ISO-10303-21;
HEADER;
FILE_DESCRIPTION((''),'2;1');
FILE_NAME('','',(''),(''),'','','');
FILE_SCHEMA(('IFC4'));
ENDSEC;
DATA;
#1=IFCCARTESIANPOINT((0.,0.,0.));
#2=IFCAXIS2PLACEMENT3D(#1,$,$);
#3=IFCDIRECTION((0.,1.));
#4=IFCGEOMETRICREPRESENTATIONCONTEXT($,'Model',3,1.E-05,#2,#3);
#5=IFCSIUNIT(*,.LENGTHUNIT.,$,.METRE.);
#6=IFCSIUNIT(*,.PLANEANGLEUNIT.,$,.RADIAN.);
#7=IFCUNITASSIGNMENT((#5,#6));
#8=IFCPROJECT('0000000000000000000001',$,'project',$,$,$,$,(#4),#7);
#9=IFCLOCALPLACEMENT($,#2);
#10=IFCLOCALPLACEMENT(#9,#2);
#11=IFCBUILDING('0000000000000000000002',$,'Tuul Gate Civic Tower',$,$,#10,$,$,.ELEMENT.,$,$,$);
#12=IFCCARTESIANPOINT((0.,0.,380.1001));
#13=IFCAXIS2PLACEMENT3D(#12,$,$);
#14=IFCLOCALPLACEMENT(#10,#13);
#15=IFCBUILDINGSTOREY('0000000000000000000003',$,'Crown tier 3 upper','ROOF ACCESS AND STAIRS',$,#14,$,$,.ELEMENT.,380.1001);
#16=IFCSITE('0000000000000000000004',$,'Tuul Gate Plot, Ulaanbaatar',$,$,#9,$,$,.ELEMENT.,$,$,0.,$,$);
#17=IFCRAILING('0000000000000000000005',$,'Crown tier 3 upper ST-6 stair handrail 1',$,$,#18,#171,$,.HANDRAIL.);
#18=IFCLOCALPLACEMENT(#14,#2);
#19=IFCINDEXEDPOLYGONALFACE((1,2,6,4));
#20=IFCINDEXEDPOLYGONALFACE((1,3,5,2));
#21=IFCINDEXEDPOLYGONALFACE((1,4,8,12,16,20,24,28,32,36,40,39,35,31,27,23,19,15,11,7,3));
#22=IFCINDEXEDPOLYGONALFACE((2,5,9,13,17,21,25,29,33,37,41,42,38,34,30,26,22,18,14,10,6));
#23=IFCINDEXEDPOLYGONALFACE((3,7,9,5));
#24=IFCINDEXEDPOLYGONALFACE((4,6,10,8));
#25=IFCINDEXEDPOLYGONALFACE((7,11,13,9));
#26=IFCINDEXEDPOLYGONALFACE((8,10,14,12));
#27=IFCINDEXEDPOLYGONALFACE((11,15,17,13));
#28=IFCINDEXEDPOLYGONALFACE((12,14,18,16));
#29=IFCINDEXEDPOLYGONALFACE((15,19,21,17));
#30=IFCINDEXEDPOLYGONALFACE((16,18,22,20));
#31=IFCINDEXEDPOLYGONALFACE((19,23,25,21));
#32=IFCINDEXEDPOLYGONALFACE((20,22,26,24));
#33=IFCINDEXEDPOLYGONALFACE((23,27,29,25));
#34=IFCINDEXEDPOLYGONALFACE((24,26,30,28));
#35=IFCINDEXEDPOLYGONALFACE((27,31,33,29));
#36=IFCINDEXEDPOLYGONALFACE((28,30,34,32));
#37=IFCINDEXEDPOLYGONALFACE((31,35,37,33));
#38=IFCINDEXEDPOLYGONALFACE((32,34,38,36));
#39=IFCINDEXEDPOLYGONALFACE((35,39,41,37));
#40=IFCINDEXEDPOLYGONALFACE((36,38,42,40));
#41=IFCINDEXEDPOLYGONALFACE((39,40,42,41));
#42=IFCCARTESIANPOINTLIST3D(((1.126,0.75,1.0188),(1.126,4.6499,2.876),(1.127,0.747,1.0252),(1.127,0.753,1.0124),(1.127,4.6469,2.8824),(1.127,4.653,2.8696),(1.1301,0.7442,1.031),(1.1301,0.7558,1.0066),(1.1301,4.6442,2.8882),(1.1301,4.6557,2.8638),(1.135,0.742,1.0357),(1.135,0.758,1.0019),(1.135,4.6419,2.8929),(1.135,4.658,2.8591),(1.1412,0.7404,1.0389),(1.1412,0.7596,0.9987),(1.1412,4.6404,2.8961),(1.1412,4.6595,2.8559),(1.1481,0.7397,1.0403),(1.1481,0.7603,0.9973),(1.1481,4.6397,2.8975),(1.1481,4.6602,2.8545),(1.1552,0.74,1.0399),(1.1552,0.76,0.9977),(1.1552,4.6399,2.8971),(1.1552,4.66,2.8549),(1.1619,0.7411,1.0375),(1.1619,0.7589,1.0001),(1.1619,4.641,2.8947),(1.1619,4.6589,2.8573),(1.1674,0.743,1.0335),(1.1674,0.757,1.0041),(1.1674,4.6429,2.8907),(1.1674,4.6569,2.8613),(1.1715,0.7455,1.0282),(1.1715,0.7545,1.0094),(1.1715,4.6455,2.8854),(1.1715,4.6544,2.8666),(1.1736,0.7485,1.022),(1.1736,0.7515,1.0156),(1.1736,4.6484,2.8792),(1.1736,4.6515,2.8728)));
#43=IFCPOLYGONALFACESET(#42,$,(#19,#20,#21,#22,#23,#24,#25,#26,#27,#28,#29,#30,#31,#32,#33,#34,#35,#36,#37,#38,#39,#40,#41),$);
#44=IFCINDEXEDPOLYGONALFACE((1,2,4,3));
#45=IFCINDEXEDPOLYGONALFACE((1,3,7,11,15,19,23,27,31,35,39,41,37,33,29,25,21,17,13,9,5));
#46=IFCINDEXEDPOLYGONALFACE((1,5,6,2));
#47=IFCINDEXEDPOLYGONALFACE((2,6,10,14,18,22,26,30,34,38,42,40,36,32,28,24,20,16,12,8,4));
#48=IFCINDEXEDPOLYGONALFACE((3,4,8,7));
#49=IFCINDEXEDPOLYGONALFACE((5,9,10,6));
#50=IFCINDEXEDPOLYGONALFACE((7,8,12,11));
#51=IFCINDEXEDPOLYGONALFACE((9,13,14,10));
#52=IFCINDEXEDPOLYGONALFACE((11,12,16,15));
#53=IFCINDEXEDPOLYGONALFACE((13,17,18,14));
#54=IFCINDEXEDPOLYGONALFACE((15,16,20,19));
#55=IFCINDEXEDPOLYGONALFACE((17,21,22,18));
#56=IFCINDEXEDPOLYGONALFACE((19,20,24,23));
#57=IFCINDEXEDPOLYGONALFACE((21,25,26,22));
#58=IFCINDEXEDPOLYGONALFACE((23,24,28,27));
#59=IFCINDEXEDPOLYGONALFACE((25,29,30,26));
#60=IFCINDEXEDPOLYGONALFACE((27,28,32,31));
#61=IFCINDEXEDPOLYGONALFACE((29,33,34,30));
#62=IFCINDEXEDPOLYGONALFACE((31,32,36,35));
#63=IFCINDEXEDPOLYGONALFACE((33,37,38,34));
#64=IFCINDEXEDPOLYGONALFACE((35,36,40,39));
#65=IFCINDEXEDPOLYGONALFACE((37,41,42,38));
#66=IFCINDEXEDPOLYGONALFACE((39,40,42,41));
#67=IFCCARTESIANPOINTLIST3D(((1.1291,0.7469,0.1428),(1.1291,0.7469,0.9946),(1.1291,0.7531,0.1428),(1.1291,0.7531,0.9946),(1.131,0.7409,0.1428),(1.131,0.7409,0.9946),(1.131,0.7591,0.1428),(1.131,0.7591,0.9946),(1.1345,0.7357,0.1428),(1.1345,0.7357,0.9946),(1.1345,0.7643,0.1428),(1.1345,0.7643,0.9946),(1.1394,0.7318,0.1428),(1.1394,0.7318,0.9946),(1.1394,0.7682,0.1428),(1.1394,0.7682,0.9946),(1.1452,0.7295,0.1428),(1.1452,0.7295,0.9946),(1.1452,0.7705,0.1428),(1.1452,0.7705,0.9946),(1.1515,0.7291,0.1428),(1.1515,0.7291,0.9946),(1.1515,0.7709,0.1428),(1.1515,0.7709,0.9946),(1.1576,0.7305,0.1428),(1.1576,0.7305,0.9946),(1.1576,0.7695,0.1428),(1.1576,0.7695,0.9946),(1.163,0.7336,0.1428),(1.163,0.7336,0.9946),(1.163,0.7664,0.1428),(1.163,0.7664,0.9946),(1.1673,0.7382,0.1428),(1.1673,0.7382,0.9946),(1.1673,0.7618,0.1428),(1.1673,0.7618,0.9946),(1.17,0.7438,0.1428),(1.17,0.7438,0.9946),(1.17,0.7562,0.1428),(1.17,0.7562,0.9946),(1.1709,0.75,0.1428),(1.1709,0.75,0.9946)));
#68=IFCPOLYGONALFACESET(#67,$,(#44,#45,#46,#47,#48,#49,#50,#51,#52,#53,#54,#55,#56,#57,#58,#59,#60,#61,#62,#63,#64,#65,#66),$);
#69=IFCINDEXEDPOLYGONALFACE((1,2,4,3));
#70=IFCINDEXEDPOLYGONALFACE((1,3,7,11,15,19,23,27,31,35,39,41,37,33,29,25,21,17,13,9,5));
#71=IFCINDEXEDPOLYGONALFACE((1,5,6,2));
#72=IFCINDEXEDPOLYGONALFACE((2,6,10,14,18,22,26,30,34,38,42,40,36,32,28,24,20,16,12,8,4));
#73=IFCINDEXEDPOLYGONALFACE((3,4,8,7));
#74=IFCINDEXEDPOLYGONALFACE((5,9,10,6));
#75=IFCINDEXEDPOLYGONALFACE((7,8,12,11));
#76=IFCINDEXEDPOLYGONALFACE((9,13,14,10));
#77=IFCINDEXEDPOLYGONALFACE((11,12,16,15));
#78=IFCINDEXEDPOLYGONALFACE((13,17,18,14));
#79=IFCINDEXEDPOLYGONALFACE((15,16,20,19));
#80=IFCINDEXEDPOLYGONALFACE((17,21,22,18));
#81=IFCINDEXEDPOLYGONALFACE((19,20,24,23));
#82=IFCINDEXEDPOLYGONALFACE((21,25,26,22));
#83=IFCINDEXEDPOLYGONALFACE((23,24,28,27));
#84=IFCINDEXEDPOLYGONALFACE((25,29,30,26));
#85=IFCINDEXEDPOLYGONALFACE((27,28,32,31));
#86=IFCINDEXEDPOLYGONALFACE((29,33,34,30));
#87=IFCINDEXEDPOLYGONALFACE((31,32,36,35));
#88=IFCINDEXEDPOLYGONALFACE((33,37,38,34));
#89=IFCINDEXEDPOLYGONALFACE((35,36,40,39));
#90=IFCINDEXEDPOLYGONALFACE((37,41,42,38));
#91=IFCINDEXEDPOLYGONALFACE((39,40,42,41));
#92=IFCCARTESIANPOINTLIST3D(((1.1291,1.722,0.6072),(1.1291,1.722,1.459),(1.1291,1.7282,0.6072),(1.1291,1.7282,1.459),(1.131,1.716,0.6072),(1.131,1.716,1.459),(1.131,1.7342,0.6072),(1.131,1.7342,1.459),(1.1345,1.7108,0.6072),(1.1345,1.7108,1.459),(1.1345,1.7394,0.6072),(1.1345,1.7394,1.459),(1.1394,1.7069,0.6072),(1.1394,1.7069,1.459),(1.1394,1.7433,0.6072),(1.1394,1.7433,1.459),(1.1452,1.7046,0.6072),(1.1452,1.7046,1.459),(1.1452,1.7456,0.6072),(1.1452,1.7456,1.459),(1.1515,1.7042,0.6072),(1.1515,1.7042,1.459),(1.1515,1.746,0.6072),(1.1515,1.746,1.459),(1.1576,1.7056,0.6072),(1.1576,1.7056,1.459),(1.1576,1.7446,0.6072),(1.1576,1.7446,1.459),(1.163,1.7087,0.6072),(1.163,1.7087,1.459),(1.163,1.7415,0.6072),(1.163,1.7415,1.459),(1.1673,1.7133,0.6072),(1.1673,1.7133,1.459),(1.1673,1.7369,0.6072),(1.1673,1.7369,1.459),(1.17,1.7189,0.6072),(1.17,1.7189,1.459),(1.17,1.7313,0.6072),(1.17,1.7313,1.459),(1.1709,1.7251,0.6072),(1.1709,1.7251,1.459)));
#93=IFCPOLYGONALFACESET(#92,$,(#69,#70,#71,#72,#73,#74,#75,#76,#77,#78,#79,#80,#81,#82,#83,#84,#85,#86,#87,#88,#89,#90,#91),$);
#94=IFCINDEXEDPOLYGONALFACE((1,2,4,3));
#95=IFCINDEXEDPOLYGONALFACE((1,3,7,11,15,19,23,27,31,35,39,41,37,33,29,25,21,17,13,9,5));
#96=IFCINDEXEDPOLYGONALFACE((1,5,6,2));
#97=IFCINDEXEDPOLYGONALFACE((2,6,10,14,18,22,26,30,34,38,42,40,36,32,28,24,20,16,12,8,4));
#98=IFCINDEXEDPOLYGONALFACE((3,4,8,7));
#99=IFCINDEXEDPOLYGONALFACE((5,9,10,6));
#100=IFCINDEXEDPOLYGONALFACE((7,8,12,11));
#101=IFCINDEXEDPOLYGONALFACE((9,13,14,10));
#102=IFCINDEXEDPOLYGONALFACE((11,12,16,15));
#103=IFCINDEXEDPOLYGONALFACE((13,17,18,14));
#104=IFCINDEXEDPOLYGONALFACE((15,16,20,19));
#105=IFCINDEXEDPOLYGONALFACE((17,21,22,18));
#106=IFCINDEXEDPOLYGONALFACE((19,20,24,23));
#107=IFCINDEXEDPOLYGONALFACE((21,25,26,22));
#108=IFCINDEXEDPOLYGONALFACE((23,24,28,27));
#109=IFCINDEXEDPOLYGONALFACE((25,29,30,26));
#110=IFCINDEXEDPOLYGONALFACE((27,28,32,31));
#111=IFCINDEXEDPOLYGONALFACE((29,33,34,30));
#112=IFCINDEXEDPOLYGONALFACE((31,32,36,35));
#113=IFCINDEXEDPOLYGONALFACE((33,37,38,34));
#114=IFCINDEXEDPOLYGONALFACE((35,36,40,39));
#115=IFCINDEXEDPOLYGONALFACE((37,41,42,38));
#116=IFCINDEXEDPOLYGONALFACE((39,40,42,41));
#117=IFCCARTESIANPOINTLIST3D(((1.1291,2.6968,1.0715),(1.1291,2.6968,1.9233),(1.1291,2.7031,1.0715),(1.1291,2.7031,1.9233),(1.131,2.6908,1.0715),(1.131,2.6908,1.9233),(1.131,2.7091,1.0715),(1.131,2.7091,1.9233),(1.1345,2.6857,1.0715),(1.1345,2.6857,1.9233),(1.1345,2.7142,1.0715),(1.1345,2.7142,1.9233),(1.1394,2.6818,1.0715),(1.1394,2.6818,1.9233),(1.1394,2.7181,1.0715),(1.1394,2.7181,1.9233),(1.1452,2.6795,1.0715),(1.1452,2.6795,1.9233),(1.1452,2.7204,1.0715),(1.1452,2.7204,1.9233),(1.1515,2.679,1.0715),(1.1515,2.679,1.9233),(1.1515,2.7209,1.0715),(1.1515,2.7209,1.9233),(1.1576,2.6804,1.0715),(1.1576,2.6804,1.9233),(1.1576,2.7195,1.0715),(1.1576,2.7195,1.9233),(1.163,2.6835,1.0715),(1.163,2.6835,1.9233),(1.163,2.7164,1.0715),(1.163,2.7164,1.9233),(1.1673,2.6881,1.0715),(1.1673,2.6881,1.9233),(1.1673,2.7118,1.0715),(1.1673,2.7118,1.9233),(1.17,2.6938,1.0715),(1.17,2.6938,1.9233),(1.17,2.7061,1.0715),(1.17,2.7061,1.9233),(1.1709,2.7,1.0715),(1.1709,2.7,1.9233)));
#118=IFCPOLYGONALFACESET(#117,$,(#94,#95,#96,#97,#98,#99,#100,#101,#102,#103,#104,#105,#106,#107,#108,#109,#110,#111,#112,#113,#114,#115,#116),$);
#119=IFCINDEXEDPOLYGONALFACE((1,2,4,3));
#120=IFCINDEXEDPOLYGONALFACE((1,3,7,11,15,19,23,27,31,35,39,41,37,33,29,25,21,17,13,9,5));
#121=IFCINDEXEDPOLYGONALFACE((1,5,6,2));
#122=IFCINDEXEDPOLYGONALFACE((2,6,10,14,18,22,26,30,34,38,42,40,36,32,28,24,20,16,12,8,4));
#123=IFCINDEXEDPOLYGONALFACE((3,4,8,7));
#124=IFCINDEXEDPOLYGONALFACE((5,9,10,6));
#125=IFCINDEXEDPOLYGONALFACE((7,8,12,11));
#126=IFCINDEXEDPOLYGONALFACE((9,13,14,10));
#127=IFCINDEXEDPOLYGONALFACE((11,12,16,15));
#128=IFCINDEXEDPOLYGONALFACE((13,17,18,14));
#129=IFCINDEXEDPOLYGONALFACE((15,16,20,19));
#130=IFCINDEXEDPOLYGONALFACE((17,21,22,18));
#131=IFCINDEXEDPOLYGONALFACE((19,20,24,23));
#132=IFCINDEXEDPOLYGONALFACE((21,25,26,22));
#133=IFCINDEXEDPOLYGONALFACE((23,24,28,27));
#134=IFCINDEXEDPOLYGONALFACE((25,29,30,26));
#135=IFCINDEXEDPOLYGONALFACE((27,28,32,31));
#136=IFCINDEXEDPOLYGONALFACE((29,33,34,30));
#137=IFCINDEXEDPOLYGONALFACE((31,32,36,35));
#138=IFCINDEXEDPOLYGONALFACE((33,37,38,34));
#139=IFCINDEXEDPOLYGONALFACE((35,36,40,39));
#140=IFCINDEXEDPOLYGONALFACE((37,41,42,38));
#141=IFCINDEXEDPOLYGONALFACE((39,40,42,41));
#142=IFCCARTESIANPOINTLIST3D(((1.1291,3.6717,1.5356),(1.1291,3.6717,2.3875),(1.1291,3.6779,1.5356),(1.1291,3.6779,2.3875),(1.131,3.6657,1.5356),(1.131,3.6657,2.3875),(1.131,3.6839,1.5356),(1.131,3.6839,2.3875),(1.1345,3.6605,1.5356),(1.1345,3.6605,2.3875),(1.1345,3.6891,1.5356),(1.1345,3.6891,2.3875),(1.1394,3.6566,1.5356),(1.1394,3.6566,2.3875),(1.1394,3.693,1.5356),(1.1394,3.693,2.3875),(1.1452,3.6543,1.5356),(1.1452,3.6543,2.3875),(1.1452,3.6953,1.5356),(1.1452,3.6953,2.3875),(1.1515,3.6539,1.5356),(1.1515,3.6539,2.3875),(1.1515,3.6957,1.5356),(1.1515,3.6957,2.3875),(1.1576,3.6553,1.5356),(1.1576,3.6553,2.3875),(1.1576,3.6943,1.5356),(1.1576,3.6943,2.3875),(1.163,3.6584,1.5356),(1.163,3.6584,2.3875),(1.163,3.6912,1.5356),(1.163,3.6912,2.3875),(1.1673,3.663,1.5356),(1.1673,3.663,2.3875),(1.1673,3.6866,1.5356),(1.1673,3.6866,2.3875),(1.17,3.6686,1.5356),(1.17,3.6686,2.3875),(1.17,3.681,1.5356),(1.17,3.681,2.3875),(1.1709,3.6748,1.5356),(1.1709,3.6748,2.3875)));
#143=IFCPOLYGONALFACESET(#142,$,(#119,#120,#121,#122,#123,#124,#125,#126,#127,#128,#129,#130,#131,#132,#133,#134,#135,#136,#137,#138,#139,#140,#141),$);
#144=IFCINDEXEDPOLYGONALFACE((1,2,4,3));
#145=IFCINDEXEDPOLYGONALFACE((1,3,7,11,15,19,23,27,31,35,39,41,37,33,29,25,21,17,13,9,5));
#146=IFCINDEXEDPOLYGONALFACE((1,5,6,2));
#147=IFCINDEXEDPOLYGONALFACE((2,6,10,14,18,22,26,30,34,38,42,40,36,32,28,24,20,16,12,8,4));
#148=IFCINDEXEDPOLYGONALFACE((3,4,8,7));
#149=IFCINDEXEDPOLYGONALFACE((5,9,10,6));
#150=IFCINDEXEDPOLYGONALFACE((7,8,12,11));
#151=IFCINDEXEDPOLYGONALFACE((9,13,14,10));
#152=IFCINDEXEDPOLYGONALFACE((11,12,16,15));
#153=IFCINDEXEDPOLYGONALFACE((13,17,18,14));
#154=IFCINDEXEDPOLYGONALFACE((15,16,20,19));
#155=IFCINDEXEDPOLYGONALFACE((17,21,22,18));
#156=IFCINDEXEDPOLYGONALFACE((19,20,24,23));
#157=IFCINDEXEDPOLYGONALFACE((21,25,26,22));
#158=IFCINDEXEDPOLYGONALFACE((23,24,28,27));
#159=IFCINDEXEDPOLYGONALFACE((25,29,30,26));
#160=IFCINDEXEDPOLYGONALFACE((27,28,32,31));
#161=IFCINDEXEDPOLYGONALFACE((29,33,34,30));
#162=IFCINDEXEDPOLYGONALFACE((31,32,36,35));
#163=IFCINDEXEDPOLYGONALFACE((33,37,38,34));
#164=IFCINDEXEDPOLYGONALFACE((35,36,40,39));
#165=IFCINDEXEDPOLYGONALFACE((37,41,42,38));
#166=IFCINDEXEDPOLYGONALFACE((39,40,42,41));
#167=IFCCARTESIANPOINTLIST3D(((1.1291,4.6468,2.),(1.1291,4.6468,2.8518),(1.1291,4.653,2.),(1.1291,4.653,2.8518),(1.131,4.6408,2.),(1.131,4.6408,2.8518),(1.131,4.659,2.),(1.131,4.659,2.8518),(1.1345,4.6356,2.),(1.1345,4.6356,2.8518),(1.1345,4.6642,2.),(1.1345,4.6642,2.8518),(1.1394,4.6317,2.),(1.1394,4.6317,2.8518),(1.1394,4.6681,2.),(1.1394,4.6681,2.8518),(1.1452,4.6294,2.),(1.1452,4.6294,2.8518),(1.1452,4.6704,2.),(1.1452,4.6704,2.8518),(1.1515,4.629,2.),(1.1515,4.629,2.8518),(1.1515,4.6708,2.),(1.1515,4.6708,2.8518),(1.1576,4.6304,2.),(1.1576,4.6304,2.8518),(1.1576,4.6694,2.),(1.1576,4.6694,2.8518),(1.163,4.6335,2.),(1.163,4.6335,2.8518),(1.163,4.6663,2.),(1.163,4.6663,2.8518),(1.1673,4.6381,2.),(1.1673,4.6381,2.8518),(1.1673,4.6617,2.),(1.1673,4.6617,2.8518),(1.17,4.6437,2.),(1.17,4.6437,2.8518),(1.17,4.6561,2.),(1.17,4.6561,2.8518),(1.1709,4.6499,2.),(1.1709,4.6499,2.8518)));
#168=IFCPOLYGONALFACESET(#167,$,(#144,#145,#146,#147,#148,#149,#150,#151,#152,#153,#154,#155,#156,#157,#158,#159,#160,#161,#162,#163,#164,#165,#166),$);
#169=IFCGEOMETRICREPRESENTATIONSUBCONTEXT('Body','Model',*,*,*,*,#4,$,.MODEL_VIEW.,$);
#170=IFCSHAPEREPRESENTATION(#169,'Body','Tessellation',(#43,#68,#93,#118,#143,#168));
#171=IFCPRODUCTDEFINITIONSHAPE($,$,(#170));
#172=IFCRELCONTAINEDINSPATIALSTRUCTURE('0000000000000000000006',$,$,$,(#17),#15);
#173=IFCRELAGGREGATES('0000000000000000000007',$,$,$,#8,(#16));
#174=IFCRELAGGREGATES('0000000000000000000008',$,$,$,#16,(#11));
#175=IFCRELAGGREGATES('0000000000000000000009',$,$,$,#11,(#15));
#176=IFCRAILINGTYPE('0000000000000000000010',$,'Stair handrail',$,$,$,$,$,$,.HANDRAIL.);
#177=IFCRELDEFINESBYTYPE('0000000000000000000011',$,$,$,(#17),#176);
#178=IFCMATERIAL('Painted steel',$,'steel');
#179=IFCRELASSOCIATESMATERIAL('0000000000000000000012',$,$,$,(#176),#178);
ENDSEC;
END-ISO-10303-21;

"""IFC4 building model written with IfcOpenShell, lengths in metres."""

from ifc_helpers import new_model, si_unit, direction, frame, origin, origin_2d, place, context, subcontext, project, spatial, circle, extrude, material, type_object, element, save


model = new_model("IFC4")

# Units and contexts
model_context = context("Model", 3, precision=1e-05, world=origin(), true_north=direction((0.0, 1.0)))
body_context = subcontext(model_context, "Body", "Model", "MODEL_VIEW")
ifc_project = project(units=[si_unit("LENGTHUNIT", "METRE"), si_unit("PLANEANGLEUNIT", "RADIAN")], contexts=[model_context])

# Site, building, storey
site_placement = place(None, origin())
site = spatial("IfcSite", under=ifc_project, at=site_placement, Name="Tuul Gate Plot, Ulaanbaatar", CompositionType="ELEMENT", RefElevation=0.0)
building_placement = place(site_placement, origin())
building = spatial("IfcBuilding", under=site, at=building_placement, Name="Tuul Gate Civic Tower", CompositionType="ELEMENT")
storey_placement = place(building_placement, frame((0.0, 0.0, 380.1001)))
storey = spatial("IfcBuildingStorey", under=building, at=storey_placement, Name="Crown tier 3 upper", Description="ROOF ACCESS AND STAIRS", CompositionType="ELEMENT", Elevation=380.1001)

# Railing
ifc_material_1 = material(Name="Painted steel", Category="steel")
railing_type_1 = type_object("IfcRailingType", Name="Stair handrail", PredefinedType="HANDRAIL", material=ifc_material_1)
for number, where, name in (
    (1, (1.1499, 0.75, 0.1428), "Crown tier 3 upper ST-6 stair handrail 1"),
):
    element("IfcRailing", number, at=place(storey_placement, frame(where)), inside=storey, type_object=railing_type_1, Name=name, PredefinedType="HANDRAIL", context=body_context, shape_type="SweptSolid", body=[
        extrude(circle(Radius=0.0239, at=origin_2d()), frame((0.0, 0.0, 0.876), z_axis=(0.0, 0.902853, 0.429949), x_axis=(-1.0, 0.0, 0.0)), (0.0, 0.0, 1.0), 4.3196),
        extrude(circle(Radius=0.021, at=origin_2d()), origin(), (0.0, 0.0, 1.0), 0.8518),
        extrude(circle(Radius=0.021, at=origin_2d()), frame((0.0, 0.9751, 0.4644)), (0.0, 0.0, 1.0), 0.8518),
        extrude(circle(Radius=0.021, at=origin_2d()), frame((0.0, 1.95, 0.9287)), (0.0, 0.0, 1.0), 0.8518),
        extrude(circle(Radius=0.021, at=origin_2d()), frame((0.0, 2.9248, 1.3928)), (0.0, 0.0, 1.0), 0.8518),
        extrude(circle(Radius=0.021, at=origin_2d()), frame((0.0, 3.8999, 1.8572)), (0.0, 0.0, 1.0), 0.8518),
    ])

save(model, "model.ifc")
